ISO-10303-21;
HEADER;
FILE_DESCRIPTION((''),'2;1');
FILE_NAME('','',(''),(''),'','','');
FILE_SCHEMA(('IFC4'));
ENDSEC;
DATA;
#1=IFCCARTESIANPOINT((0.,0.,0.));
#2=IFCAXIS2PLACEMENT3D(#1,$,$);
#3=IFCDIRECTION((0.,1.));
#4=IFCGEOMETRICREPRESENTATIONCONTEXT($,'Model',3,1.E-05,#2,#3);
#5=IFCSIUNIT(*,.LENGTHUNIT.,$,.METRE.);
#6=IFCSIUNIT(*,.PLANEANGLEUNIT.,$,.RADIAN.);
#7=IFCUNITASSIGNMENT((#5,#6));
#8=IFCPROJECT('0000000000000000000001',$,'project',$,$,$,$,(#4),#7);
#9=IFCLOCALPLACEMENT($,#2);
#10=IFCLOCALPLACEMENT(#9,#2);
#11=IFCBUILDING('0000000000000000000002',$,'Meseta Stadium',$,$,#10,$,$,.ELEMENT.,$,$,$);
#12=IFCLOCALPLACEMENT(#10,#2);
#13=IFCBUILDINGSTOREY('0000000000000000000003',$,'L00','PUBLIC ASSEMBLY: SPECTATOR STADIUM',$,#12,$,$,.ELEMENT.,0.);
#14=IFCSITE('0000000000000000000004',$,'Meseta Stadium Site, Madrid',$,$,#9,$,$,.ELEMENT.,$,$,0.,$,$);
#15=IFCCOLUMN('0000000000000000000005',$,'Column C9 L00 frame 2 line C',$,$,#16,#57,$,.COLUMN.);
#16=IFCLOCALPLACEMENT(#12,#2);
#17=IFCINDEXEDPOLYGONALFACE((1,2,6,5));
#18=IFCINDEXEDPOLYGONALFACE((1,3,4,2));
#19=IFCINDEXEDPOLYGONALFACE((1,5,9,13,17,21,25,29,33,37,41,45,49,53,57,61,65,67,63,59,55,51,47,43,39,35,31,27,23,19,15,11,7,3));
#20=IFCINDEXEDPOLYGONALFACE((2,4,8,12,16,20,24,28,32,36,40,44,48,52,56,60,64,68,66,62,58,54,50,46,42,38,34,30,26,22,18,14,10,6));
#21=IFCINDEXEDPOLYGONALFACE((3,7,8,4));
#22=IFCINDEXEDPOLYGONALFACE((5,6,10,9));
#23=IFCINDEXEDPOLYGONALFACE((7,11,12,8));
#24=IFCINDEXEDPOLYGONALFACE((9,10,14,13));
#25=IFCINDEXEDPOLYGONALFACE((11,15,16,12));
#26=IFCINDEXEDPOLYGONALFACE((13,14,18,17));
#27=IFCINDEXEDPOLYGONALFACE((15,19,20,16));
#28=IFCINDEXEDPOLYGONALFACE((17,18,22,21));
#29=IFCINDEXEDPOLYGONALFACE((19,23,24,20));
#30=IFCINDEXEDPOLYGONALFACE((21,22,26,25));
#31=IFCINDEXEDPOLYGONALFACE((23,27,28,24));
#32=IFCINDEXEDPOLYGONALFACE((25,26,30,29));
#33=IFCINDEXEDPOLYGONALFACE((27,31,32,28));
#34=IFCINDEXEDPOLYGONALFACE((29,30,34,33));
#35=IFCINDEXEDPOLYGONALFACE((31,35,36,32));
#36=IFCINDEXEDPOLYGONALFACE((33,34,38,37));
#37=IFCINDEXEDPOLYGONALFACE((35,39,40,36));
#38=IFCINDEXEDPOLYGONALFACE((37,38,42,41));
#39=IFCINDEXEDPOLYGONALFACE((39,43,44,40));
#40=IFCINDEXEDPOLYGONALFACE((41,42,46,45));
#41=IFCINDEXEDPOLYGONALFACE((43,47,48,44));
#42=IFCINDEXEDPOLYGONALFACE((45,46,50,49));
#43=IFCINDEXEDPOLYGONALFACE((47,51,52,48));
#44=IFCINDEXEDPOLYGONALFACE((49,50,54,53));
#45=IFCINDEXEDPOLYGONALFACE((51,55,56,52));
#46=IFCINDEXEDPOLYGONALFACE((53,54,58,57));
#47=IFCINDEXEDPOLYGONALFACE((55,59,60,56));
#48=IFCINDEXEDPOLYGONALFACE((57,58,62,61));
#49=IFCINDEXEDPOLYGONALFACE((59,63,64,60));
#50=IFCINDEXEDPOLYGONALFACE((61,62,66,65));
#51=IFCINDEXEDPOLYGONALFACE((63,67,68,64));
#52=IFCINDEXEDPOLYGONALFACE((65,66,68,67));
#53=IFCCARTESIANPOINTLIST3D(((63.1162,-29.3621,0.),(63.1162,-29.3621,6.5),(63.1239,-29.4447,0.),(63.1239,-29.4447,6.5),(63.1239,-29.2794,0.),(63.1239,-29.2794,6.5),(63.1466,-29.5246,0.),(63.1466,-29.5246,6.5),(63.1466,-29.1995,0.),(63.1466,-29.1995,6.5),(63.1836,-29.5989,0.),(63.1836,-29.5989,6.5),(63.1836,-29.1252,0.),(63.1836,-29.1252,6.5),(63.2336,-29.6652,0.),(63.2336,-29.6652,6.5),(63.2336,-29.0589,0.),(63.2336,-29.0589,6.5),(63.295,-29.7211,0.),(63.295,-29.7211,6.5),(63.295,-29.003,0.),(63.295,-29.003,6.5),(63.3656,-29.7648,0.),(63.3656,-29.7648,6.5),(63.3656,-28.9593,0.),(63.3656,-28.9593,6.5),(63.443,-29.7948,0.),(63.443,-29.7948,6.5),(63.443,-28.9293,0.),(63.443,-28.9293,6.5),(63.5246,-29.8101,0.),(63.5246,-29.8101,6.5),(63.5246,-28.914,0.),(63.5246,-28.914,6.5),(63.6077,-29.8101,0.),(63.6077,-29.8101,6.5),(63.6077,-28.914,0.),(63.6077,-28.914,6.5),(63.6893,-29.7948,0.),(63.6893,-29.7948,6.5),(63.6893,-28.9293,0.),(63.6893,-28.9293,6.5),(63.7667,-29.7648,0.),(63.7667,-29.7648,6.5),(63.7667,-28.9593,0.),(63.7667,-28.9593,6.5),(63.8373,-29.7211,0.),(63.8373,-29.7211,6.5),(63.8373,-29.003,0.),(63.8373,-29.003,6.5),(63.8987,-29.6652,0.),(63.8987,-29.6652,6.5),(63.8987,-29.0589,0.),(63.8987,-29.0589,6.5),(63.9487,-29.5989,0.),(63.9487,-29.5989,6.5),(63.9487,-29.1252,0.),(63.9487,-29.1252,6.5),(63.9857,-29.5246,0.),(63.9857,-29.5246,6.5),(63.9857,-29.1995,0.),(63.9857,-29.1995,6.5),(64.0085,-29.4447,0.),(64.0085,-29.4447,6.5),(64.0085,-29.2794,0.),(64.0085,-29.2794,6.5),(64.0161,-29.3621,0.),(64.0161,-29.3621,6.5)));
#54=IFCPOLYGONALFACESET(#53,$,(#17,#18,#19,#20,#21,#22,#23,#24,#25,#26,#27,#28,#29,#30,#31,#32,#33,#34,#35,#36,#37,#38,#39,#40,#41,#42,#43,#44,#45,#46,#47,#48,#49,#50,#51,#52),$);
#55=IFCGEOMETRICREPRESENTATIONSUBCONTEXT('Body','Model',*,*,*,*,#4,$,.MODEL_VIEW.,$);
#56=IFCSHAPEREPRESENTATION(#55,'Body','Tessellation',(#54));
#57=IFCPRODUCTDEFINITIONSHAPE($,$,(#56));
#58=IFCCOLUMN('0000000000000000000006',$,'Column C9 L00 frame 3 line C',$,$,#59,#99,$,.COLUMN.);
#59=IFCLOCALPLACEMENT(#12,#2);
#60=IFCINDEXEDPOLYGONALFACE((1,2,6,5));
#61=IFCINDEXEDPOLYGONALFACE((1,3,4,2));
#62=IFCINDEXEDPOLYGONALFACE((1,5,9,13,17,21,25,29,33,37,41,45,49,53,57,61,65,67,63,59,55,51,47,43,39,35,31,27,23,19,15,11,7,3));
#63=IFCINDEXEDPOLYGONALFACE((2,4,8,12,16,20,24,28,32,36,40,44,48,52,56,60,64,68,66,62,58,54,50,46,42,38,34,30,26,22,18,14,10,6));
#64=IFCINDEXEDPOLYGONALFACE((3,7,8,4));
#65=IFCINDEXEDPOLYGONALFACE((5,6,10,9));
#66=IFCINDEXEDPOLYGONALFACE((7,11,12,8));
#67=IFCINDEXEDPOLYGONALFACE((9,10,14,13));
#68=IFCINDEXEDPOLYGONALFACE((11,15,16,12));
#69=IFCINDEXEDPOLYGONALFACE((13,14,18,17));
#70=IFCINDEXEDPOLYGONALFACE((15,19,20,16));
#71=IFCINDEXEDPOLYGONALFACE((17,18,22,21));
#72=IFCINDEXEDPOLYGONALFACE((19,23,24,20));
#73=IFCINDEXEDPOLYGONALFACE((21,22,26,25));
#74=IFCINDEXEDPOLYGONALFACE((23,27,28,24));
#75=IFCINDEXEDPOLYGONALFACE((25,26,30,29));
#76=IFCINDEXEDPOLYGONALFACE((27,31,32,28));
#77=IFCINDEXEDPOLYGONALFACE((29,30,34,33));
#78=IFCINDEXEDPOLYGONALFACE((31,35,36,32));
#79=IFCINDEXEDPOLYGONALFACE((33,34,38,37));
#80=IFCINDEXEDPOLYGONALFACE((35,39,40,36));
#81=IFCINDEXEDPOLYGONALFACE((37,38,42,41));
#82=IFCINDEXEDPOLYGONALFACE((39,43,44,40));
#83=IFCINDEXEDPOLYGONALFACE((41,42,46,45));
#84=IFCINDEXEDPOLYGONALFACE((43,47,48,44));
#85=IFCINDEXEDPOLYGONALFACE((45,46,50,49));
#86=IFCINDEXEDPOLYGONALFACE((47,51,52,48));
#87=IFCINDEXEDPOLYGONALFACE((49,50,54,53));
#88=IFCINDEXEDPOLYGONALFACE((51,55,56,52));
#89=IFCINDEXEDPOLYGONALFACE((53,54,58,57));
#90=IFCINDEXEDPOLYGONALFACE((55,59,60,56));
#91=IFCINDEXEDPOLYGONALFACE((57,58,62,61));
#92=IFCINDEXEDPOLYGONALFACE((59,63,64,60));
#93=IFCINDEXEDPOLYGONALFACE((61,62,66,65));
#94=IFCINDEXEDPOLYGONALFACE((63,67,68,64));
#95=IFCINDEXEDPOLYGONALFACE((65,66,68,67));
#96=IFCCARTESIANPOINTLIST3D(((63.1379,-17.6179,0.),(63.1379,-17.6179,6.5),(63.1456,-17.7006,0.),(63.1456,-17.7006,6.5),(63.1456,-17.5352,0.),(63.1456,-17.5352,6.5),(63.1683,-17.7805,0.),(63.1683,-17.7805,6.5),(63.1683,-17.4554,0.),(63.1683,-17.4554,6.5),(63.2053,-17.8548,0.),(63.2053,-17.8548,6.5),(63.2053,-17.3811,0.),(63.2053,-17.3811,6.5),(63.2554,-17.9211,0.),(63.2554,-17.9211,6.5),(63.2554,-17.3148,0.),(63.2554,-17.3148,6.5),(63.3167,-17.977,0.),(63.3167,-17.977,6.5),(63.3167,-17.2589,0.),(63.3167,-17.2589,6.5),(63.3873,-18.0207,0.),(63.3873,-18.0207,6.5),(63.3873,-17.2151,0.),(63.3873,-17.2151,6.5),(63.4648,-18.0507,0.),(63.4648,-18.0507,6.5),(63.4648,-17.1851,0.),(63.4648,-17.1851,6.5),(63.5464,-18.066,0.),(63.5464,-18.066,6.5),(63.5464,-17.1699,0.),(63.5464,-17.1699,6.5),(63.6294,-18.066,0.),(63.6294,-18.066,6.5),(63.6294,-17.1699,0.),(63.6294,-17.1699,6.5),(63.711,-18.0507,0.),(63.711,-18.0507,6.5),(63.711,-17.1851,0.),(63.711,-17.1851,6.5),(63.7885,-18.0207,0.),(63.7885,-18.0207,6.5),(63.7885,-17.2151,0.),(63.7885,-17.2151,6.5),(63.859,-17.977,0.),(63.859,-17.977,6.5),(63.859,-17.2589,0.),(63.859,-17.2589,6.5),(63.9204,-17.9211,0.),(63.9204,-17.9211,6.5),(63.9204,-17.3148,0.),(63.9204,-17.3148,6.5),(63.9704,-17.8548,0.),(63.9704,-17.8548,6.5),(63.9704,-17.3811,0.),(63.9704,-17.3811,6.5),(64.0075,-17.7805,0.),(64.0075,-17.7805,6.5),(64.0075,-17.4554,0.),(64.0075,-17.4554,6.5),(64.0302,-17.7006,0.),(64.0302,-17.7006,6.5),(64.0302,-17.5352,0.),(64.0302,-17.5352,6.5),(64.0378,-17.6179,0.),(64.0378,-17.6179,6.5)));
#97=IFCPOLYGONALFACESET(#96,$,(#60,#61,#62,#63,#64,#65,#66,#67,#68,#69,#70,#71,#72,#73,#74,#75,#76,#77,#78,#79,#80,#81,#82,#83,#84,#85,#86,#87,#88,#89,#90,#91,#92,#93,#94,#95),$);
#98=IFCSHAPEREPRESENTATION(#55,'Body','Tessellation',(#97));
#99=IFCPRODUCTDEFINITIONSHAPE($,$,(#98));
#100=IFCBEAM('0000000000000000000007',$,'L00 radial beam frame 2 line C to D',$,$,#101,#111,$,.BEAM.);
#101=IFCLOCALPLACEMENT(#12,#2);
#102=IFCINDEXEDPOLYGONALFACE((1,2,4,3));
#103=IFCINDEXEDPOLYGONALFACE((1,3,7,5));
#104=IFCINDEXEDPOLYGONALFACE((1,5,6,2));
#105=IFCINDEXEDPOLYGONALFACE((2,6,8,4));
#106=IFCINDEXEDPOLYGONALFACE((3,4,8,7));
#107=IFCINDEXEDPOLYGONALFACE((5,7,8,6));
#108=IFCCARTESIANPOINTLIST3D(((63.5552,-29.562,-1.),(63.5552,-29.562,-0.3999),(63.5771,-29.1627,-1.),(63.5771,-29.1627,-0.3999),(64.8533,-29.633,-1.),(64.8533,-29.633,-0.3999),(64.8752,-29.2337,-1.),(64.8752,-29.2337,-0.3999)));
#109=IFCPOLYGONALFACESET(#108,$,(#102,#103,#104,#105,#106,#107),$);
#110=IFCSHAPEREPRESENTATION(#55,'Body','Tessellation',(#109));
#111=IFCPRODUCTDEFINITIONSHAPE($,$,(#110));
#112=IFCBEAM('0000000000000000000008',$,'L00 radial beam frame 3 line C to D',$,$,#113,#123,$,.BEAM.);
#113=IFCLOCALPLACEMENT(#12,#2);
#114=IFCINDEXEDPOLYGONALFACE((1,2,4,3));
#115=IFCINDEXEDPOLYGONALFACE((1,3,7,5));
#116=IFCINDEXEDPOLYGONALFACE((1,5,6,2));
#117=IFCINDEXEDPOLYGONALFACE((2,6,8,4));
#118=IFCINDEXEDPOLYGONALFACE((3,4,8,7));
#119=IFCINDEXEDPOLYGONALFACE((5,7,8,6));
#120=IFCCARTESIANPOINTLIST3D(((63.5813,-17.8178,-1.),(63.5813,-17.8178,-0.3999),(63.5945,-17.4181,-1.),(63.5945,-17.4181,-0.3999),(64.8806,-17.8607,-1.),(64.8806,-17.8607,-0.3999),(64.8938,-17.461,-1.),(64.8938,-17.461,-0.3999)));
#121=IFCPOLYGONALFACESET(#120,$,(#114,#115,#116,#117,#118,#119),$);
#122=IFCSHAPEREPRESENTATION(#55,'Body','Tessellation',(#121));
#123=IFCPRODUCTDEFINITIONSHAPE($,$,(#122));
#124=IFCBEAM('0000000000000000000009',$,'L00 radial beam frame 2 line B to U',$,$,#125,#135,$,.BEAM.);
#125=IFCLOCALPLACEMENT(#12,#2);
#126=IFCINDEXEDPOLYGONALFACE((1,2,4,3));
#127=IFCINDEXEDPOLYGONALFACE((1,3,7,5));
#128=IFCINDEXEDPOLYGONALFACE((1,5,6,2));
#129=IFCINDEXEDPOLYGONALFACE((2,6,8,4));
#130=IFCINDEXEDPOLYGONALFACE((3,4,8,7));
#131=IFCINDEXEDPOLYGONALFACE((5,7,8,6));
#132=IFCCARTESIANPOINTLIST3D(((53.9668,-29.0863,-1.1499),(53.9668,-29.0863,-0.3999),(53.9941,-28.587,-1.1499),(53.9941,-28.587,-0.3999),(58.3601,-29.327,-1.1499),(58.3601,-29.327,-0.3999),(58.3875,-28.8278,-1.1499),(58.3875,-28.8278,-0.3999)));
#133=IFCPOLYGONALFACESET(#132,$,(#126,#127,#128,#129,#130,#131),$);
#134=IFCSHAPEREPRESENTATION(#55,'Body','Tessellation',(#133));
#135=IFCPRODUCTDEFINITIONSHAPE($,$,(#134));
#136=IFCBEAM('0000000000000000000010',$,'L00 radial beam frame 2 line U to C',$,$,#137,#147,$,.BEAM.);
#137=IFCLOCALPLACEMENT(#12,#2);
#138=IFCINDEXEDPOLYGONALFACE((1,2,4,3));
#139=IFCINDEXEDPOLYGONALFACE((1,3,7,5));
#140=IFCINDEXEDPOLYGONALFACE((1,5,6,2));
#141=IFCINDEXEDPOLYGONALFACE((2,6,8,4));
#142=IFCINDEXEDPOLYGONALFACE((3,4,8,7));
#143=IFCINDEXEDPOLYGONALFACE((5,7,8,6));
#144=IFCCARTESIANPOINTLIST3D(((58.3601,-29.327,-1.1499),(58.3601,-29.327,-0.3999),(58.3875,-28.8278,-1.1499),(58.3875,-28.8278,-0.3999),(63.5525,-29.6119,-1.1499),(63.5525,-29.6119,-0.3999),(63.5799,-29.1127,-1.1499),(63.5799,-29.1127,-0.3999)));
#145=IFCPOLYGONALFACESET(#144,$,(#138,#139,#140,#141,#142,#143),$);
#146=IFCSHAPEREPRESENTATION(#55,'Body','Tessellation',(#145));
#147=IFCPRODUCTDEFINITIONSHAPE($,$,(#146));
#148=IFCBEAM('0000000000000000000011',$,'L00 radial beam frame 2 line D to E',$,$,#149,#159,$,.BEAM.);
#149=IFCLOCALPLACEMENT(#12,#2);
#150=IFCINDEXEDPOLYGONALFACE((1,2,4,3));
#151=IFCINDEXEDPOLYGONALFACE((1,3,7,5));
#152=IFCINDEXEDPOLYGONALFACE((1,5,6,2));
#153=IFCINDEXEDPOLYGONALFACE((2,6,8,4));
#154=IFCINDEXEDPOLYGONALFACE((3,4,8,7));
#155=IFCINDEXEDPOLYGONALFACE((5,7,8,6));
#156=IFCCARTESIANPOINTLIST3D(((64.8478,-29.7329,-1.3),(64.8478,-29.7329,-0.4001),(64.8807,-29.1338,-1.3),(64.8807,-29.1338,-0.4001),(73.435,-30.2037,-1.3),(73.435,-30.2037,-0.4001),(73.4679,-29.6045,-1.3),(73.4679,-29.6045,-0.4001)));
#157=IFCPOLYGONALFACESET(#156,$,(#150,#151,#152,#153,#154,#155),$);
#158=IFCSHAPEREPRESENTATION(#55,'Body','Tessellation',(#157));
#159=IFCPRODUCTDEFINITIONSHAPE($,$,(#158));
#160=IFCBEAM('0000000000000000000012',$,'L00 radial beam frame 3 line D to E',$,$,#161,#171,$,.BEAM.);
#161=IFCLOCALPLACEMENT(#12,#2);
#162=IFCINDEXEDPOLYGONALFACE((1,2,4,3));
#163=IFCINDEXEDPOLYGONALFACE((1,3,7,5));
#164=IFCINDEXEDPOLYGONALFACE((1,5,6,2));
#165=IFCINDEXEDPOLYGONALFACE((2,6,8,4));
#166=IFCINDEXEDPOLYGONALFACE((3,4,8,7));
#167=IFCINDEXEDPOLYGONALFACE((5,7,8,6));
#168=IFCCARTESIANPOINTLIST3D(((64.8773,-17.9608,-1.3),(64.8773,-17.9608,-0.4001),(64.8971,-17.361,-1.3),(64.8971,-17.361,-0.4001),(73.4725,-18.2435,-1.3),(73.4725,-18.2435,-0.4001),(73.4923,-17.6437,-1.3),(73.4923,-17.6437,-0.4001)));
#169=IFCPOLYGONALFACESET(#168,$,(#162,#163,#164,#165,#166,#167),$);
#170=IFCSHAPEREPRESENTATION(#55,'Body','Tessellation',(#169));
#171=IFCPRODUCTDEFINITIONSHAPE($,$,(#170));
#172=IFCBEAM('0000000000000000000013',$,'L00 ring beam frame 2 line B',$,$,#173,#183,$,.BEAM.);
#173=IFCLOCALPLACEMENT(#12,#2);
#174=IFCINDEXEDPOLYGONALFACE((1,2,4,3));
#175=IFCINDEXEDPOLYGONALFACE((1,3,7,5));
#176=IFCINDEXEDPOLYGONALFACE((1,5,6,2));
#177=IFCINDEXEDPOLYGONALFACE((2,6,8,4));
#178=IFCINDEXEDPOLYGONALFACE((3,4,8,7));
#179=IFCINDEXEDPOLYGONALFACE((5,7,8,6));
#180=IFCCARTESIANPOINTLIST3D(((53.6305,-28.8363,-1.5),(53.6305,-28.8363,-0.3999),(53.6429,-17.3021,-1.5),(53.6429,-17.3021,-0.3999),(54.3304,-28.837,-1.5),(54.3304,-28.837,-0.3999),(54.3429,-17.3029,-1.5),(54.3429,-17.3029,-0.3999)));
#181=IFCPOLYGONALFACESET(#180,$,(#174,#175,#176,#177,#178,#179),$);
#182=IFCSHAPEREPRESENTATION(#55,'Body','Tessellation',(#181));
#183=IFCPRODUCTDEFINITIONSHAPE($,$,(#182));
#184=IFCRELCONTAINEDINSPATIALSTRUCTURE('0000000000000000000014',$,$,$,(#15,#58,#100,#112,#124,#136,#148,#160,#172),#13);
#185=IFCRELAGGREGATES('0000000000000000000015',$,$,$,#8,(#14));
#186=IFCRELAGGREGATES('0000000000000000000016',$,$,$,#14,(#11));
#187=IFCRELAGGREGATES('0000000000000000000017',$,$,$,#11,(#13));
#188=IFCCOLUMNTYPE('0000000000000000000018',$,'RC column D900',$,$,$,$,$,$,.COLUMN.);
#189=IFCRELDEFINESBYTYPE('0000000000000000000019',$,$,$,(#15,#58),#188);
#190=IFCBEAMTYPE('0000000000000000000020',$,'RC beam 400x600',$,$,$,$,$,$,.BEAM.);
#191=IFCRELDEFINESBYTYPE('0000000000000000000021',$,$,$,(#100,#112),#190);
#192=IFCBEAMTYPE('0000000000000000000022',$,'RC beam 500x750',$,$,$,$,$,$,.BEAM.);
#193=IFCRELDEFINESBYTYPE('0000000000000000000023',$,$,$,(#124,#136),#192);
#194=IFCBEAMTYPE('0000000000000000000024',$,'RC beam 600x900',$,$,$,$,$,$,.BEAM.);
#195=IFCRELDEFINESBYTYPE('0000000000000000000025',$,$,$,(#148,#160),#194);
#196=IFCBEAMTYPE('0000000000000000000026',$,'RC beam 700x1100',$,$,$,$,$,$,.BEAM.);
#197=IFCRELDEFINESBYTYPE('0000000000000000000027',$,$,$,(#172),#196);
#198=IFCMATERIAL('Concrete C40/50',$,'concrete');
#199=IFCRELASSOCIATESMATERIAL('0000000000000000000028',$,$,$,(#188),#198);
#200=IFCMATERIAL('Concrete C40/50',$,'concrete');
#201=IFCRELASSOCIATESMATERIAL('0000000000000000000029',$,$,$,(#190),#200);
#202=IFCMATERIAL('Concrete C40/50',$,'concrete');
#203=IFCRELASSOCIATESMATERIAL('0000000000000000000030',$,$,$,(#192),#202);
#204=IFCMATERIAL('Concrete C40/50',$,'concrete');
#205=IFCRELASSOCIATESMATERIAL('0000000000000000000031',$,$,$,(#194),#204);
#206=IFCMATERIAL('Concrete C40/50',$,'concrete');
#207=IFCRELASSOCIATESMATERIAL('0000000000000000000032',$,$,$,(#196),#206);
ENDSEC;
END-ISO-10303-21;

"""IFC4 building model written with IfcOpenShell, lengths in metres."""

from ifc_helpers import new_model, si_unit, direction, frame, origin, origin_2d, place, context, subcontext, project, spatial, rectangle, circle, extrude, material, material_profile, profile_set, type_object, element, save


model = new_model("IFC4")

# Units and contexts
model_context = context("Model", 3, precision=1e-05, world=origin(), true_north=direction((0.0, 1.0)))
body_context = subcontext(model_context, "Body", "Model", "MODEL_VIEW")
ifc_project = project(units=[si_unit("LENGTHUNIT", "METRE"), si_unit("PLANEANGLEUNIT", "RADIAN")], contexts=[model_context])

# Site, building, storey
site_placement = place(None, origin())
site = spatial("IfcSite", under=ifc_project, at=site_placement, Name="Meseta Stadium Site, Madrid", CompositionType="ELEMENT", RefElevation=0.0)
building_placement = place(site_placement, origin())
building = spatial("IfcBuilding", under=site, at=building_placement, Name="Meseta Stadium", CompositionType="ELEMENT")
storey_placement = place(building_placement, origin())
storey = spatial("IfcBuildingStorey", under=building, at=storey_placement, Name="L00", Description="PUBLIC ASSEMBLY: SPECTATOR STADIUM", CompositionType="ELEMENT", Elevation=0.0)

# Columns
ifc_material_1 = material(Name="Concrete C40/50", Category="concrete")
ifc_material_profile_1 = material_profile(ifc_material_1, circle(Radius=0.45, at=origin_2d()), Name="RC D900")
ifc_profile_set_1 = profile_set([ifc_material_profile_1], Name="Concrete C40/50")
column_type_1 = type_object("IfcColumnType", Name="RC column D900", PredefinedType="COLUMN", material=ifc_profile_set_1)
for number, where, z_axis, x_axis, name in (
    (1, (63.5662, -29.3621, 0.0), (0.0, 0.0, 1.0), (1.0, 0.0, 0.0), "Column C9 L00 frame 2 line C"),
    (2, (63.5879, -17.6179, 0.0), (0.0, 0.0, 1.0), (1.0, 0.0, 0.0), "Column C9 L00 frame 3 line C"),
):
    element("IfcColumn", number, at=place(storey_placement, frame(where, z_axis=z_axis, x_axis=x_axis)), inside=storey, type_object=column_type_1, Name=name, PredefinedType="COLUMN", context=body_context, shape_type="SweptSolid", body=[
        extrude(circle(Radius=0.45, at=origin_2d()), origin(), (0.0, 0.0, 1.0), 6.5),
    ])

# Beams
ifc_material_2 = material(Name="Concrete C40/50", Category="concrete")
ifc_material_profile_2 = material_profile(ifc_material_2, rectangle(XDim=0.3999, YDim=0.6001, at=origin_2d()), Name="RC 400x600")
ifc_profile_set_2 = profile_set([ifc_material_profile_2], Name="Concrete C40/50")
beam_type_1 = type_object("IfcBeamType", Name="RC beam 400x600", PredefinedType="BEAM", material=ifc_profile_set_2)
for number, where, z_axis, x_axis, name in (
    (3, (63.5662, -29.3623, -0.7), (0.998506, -0.054648, 0.0), (0.054648, 0.998506, 0.0), "L00 radial beam frame 2 line C to D"),
    (4, (63.5879, -17.6179, -0.7), (0.999454, -0.033052, 0.0), (0.033052, 0.999454, 0.0), "L00 radial beam frame 3 line C to D"),
):
    element("IfcBeam", number, at=place(storey_placement, frame(where, z_axis=z_axis, x_axis=x_axis)), inside=storey, type_object=beam_type_1, Name=name, PredefinedType="BEAM", context=body_context, shape_type="SweptSolid", body=[
        extrude(rectangle(XDim=0.3999, YDim=0.6001, at=origin_2d()), origin(), (0.0, 0.0, 1.0), 1.3),
    ])
ifc_material_3 = material(Name="Concrete C40/50", Category="concrete")
ifc_material_profile_3 = material_profile(ifc_material_3, rectangle(XDim=0.5, YDim=0.75, at=origin_2d()), Name="RC 500x750")
ifc_profile_set_3 = profile_set([ifc_material_profile_3], Name="Concrete C40/50")
beam_type_2 = type_object("IfcBeamType", Name="RC beam 500x750", PredefinedType="BEAM", material=ifc_profile_set_3)
beam_1_placement = place(storey_placement, frame((53.9805, -28.8367, -0.7749), z_axis=(0.998502, -0.054711, 0.0), x_axis=(0.054711, 0.998502, 0.0)))
element("IfcBeam", 5, at=beam_1_placement, inside=storey, type_object=beam_type_2, Name="L00 radial beam frame 2 line B to U", PredefinedType="BEAM", context=body_context, shape_type="SweptSolid", body=[
    extrude(rectangle(XDim=0.5, YDim=0.75, at=origin_2d()), origin(), (0.0, 0.0, 1.0), 4.3999),
])
beam_2_placement = place(storey_placement, frame((58.3738, -29.0774, -0.7749), z_axis=(0.998498, -0.054789, 0.0), x_axis=(0.054789, 0.998498, 0.0)))
element("IfcBeam", 6, at=beam_2_placement, inside=storey, type_object=beam_type_2, Name="L00 radial beam frame 2 line U to C", PredefinedType="BEAM", context=body_context, shape_type="SweptSolid", body=[
    extrude(rectangle(XDim=0.5, YDim=0.75, at=origin_2d()), origin(), (0.0, 0.0, 1.0), 5.2002),
])
ifc_material_4 = material(Name="Concrete C40/50", Category="concrete")
ifc_material_profile_4 = material_profile(ifc_material_4, rectangle(XDim=0.6001, YDim=0.8999, at=origin_2d()), Name="RC 600x900")
ifc_profile_set_4 = profile_set([ifc_material_profile_4], Name="Concrete C40/50")
beam_type_3 = type_object("IfcBeamType", Name="RC beam 600x900", PredefinedType="BEAM", material=ifc_profile_set_4)
beam_3_placement = place(storey_placement, frame((64.8643, -29.4333, -0.8501), z_axis=(0.998501, -0.054733, 0.0), x_axis=(0.054733, 0.998501, 0.0)))
element("IfcBeam", 7, at=beam_3_placement, inside=storey, type_object=beam_type_3, Name="L00 radial beam frame 2 line D to E", PredefinedType="BEAM", context=body_context, shape_type="SweptSolid", body=[
    extrude(rectangle(XDim=0.6001, YDim=0.8999, at=origin_2d()), origin(), (0.0, 0.0, 1.0), 8.6001),
])
beam_4_placement = place(storey_placement, frame((64.8872, -17.6609, -0.8501), z_axis=(0.999459, -0.032874, 0.0), x_axis=(0.032874, 0.999459, 0.0)))
element("IfcBeam", 8, at=beam_4_placement, inside=storey, type_object=beam_type_3, Name="L00 radial beam frame 3 line D to E", PredefinedType="BEAM", context=body_context, shape_type="SweptSolid", body=[
    extrude(rectangle(XDim=0.6001, YDim=0.8999, at=origin_2d()), origin(), (0.0, 0.0, 1.0), 8.5999),
])
ifc_material_5 = material(Name="Concrete C40/50", Category="concrete")
ifc_material_profile_5 = material_profile(ifc_material_5, rectangle(XDim=0.7, YDim=1.1001, at=origin_2d()), Name="RC 700x1100")
ifc_profile_set_5 = profile_set([ifc_material_profile_5], Name="Concrete C40/50")
beam_type_4 = type_object("IfcBeamType", Name="RC beam 700x1100", PredefinedType="BEAM", material=ifc_profile_set_5)
beam_5_placement = place(storey_placement, frame((53.9805, -28.8367, -0.95), z_axis=(0.00108, 0.999999, 0.0), x_axis=(-0.999999, 0.00108, 0.0)))
element("IfcBeam", 9, at=beam_5_placement, inside=storey, type_object=beam_type_4, Name="L00 ring beam frame 2 line B", PredefinedType="BEAM", context=body_context, shape_type="SweptSolid", body=[
    extrude(rectangle(XDim=0.7, YDim=1.1001, at=origin_2d()), origin(), (0.0, 0.0, 1.0), 11.5342),
])

save(model, "model.ifc")
